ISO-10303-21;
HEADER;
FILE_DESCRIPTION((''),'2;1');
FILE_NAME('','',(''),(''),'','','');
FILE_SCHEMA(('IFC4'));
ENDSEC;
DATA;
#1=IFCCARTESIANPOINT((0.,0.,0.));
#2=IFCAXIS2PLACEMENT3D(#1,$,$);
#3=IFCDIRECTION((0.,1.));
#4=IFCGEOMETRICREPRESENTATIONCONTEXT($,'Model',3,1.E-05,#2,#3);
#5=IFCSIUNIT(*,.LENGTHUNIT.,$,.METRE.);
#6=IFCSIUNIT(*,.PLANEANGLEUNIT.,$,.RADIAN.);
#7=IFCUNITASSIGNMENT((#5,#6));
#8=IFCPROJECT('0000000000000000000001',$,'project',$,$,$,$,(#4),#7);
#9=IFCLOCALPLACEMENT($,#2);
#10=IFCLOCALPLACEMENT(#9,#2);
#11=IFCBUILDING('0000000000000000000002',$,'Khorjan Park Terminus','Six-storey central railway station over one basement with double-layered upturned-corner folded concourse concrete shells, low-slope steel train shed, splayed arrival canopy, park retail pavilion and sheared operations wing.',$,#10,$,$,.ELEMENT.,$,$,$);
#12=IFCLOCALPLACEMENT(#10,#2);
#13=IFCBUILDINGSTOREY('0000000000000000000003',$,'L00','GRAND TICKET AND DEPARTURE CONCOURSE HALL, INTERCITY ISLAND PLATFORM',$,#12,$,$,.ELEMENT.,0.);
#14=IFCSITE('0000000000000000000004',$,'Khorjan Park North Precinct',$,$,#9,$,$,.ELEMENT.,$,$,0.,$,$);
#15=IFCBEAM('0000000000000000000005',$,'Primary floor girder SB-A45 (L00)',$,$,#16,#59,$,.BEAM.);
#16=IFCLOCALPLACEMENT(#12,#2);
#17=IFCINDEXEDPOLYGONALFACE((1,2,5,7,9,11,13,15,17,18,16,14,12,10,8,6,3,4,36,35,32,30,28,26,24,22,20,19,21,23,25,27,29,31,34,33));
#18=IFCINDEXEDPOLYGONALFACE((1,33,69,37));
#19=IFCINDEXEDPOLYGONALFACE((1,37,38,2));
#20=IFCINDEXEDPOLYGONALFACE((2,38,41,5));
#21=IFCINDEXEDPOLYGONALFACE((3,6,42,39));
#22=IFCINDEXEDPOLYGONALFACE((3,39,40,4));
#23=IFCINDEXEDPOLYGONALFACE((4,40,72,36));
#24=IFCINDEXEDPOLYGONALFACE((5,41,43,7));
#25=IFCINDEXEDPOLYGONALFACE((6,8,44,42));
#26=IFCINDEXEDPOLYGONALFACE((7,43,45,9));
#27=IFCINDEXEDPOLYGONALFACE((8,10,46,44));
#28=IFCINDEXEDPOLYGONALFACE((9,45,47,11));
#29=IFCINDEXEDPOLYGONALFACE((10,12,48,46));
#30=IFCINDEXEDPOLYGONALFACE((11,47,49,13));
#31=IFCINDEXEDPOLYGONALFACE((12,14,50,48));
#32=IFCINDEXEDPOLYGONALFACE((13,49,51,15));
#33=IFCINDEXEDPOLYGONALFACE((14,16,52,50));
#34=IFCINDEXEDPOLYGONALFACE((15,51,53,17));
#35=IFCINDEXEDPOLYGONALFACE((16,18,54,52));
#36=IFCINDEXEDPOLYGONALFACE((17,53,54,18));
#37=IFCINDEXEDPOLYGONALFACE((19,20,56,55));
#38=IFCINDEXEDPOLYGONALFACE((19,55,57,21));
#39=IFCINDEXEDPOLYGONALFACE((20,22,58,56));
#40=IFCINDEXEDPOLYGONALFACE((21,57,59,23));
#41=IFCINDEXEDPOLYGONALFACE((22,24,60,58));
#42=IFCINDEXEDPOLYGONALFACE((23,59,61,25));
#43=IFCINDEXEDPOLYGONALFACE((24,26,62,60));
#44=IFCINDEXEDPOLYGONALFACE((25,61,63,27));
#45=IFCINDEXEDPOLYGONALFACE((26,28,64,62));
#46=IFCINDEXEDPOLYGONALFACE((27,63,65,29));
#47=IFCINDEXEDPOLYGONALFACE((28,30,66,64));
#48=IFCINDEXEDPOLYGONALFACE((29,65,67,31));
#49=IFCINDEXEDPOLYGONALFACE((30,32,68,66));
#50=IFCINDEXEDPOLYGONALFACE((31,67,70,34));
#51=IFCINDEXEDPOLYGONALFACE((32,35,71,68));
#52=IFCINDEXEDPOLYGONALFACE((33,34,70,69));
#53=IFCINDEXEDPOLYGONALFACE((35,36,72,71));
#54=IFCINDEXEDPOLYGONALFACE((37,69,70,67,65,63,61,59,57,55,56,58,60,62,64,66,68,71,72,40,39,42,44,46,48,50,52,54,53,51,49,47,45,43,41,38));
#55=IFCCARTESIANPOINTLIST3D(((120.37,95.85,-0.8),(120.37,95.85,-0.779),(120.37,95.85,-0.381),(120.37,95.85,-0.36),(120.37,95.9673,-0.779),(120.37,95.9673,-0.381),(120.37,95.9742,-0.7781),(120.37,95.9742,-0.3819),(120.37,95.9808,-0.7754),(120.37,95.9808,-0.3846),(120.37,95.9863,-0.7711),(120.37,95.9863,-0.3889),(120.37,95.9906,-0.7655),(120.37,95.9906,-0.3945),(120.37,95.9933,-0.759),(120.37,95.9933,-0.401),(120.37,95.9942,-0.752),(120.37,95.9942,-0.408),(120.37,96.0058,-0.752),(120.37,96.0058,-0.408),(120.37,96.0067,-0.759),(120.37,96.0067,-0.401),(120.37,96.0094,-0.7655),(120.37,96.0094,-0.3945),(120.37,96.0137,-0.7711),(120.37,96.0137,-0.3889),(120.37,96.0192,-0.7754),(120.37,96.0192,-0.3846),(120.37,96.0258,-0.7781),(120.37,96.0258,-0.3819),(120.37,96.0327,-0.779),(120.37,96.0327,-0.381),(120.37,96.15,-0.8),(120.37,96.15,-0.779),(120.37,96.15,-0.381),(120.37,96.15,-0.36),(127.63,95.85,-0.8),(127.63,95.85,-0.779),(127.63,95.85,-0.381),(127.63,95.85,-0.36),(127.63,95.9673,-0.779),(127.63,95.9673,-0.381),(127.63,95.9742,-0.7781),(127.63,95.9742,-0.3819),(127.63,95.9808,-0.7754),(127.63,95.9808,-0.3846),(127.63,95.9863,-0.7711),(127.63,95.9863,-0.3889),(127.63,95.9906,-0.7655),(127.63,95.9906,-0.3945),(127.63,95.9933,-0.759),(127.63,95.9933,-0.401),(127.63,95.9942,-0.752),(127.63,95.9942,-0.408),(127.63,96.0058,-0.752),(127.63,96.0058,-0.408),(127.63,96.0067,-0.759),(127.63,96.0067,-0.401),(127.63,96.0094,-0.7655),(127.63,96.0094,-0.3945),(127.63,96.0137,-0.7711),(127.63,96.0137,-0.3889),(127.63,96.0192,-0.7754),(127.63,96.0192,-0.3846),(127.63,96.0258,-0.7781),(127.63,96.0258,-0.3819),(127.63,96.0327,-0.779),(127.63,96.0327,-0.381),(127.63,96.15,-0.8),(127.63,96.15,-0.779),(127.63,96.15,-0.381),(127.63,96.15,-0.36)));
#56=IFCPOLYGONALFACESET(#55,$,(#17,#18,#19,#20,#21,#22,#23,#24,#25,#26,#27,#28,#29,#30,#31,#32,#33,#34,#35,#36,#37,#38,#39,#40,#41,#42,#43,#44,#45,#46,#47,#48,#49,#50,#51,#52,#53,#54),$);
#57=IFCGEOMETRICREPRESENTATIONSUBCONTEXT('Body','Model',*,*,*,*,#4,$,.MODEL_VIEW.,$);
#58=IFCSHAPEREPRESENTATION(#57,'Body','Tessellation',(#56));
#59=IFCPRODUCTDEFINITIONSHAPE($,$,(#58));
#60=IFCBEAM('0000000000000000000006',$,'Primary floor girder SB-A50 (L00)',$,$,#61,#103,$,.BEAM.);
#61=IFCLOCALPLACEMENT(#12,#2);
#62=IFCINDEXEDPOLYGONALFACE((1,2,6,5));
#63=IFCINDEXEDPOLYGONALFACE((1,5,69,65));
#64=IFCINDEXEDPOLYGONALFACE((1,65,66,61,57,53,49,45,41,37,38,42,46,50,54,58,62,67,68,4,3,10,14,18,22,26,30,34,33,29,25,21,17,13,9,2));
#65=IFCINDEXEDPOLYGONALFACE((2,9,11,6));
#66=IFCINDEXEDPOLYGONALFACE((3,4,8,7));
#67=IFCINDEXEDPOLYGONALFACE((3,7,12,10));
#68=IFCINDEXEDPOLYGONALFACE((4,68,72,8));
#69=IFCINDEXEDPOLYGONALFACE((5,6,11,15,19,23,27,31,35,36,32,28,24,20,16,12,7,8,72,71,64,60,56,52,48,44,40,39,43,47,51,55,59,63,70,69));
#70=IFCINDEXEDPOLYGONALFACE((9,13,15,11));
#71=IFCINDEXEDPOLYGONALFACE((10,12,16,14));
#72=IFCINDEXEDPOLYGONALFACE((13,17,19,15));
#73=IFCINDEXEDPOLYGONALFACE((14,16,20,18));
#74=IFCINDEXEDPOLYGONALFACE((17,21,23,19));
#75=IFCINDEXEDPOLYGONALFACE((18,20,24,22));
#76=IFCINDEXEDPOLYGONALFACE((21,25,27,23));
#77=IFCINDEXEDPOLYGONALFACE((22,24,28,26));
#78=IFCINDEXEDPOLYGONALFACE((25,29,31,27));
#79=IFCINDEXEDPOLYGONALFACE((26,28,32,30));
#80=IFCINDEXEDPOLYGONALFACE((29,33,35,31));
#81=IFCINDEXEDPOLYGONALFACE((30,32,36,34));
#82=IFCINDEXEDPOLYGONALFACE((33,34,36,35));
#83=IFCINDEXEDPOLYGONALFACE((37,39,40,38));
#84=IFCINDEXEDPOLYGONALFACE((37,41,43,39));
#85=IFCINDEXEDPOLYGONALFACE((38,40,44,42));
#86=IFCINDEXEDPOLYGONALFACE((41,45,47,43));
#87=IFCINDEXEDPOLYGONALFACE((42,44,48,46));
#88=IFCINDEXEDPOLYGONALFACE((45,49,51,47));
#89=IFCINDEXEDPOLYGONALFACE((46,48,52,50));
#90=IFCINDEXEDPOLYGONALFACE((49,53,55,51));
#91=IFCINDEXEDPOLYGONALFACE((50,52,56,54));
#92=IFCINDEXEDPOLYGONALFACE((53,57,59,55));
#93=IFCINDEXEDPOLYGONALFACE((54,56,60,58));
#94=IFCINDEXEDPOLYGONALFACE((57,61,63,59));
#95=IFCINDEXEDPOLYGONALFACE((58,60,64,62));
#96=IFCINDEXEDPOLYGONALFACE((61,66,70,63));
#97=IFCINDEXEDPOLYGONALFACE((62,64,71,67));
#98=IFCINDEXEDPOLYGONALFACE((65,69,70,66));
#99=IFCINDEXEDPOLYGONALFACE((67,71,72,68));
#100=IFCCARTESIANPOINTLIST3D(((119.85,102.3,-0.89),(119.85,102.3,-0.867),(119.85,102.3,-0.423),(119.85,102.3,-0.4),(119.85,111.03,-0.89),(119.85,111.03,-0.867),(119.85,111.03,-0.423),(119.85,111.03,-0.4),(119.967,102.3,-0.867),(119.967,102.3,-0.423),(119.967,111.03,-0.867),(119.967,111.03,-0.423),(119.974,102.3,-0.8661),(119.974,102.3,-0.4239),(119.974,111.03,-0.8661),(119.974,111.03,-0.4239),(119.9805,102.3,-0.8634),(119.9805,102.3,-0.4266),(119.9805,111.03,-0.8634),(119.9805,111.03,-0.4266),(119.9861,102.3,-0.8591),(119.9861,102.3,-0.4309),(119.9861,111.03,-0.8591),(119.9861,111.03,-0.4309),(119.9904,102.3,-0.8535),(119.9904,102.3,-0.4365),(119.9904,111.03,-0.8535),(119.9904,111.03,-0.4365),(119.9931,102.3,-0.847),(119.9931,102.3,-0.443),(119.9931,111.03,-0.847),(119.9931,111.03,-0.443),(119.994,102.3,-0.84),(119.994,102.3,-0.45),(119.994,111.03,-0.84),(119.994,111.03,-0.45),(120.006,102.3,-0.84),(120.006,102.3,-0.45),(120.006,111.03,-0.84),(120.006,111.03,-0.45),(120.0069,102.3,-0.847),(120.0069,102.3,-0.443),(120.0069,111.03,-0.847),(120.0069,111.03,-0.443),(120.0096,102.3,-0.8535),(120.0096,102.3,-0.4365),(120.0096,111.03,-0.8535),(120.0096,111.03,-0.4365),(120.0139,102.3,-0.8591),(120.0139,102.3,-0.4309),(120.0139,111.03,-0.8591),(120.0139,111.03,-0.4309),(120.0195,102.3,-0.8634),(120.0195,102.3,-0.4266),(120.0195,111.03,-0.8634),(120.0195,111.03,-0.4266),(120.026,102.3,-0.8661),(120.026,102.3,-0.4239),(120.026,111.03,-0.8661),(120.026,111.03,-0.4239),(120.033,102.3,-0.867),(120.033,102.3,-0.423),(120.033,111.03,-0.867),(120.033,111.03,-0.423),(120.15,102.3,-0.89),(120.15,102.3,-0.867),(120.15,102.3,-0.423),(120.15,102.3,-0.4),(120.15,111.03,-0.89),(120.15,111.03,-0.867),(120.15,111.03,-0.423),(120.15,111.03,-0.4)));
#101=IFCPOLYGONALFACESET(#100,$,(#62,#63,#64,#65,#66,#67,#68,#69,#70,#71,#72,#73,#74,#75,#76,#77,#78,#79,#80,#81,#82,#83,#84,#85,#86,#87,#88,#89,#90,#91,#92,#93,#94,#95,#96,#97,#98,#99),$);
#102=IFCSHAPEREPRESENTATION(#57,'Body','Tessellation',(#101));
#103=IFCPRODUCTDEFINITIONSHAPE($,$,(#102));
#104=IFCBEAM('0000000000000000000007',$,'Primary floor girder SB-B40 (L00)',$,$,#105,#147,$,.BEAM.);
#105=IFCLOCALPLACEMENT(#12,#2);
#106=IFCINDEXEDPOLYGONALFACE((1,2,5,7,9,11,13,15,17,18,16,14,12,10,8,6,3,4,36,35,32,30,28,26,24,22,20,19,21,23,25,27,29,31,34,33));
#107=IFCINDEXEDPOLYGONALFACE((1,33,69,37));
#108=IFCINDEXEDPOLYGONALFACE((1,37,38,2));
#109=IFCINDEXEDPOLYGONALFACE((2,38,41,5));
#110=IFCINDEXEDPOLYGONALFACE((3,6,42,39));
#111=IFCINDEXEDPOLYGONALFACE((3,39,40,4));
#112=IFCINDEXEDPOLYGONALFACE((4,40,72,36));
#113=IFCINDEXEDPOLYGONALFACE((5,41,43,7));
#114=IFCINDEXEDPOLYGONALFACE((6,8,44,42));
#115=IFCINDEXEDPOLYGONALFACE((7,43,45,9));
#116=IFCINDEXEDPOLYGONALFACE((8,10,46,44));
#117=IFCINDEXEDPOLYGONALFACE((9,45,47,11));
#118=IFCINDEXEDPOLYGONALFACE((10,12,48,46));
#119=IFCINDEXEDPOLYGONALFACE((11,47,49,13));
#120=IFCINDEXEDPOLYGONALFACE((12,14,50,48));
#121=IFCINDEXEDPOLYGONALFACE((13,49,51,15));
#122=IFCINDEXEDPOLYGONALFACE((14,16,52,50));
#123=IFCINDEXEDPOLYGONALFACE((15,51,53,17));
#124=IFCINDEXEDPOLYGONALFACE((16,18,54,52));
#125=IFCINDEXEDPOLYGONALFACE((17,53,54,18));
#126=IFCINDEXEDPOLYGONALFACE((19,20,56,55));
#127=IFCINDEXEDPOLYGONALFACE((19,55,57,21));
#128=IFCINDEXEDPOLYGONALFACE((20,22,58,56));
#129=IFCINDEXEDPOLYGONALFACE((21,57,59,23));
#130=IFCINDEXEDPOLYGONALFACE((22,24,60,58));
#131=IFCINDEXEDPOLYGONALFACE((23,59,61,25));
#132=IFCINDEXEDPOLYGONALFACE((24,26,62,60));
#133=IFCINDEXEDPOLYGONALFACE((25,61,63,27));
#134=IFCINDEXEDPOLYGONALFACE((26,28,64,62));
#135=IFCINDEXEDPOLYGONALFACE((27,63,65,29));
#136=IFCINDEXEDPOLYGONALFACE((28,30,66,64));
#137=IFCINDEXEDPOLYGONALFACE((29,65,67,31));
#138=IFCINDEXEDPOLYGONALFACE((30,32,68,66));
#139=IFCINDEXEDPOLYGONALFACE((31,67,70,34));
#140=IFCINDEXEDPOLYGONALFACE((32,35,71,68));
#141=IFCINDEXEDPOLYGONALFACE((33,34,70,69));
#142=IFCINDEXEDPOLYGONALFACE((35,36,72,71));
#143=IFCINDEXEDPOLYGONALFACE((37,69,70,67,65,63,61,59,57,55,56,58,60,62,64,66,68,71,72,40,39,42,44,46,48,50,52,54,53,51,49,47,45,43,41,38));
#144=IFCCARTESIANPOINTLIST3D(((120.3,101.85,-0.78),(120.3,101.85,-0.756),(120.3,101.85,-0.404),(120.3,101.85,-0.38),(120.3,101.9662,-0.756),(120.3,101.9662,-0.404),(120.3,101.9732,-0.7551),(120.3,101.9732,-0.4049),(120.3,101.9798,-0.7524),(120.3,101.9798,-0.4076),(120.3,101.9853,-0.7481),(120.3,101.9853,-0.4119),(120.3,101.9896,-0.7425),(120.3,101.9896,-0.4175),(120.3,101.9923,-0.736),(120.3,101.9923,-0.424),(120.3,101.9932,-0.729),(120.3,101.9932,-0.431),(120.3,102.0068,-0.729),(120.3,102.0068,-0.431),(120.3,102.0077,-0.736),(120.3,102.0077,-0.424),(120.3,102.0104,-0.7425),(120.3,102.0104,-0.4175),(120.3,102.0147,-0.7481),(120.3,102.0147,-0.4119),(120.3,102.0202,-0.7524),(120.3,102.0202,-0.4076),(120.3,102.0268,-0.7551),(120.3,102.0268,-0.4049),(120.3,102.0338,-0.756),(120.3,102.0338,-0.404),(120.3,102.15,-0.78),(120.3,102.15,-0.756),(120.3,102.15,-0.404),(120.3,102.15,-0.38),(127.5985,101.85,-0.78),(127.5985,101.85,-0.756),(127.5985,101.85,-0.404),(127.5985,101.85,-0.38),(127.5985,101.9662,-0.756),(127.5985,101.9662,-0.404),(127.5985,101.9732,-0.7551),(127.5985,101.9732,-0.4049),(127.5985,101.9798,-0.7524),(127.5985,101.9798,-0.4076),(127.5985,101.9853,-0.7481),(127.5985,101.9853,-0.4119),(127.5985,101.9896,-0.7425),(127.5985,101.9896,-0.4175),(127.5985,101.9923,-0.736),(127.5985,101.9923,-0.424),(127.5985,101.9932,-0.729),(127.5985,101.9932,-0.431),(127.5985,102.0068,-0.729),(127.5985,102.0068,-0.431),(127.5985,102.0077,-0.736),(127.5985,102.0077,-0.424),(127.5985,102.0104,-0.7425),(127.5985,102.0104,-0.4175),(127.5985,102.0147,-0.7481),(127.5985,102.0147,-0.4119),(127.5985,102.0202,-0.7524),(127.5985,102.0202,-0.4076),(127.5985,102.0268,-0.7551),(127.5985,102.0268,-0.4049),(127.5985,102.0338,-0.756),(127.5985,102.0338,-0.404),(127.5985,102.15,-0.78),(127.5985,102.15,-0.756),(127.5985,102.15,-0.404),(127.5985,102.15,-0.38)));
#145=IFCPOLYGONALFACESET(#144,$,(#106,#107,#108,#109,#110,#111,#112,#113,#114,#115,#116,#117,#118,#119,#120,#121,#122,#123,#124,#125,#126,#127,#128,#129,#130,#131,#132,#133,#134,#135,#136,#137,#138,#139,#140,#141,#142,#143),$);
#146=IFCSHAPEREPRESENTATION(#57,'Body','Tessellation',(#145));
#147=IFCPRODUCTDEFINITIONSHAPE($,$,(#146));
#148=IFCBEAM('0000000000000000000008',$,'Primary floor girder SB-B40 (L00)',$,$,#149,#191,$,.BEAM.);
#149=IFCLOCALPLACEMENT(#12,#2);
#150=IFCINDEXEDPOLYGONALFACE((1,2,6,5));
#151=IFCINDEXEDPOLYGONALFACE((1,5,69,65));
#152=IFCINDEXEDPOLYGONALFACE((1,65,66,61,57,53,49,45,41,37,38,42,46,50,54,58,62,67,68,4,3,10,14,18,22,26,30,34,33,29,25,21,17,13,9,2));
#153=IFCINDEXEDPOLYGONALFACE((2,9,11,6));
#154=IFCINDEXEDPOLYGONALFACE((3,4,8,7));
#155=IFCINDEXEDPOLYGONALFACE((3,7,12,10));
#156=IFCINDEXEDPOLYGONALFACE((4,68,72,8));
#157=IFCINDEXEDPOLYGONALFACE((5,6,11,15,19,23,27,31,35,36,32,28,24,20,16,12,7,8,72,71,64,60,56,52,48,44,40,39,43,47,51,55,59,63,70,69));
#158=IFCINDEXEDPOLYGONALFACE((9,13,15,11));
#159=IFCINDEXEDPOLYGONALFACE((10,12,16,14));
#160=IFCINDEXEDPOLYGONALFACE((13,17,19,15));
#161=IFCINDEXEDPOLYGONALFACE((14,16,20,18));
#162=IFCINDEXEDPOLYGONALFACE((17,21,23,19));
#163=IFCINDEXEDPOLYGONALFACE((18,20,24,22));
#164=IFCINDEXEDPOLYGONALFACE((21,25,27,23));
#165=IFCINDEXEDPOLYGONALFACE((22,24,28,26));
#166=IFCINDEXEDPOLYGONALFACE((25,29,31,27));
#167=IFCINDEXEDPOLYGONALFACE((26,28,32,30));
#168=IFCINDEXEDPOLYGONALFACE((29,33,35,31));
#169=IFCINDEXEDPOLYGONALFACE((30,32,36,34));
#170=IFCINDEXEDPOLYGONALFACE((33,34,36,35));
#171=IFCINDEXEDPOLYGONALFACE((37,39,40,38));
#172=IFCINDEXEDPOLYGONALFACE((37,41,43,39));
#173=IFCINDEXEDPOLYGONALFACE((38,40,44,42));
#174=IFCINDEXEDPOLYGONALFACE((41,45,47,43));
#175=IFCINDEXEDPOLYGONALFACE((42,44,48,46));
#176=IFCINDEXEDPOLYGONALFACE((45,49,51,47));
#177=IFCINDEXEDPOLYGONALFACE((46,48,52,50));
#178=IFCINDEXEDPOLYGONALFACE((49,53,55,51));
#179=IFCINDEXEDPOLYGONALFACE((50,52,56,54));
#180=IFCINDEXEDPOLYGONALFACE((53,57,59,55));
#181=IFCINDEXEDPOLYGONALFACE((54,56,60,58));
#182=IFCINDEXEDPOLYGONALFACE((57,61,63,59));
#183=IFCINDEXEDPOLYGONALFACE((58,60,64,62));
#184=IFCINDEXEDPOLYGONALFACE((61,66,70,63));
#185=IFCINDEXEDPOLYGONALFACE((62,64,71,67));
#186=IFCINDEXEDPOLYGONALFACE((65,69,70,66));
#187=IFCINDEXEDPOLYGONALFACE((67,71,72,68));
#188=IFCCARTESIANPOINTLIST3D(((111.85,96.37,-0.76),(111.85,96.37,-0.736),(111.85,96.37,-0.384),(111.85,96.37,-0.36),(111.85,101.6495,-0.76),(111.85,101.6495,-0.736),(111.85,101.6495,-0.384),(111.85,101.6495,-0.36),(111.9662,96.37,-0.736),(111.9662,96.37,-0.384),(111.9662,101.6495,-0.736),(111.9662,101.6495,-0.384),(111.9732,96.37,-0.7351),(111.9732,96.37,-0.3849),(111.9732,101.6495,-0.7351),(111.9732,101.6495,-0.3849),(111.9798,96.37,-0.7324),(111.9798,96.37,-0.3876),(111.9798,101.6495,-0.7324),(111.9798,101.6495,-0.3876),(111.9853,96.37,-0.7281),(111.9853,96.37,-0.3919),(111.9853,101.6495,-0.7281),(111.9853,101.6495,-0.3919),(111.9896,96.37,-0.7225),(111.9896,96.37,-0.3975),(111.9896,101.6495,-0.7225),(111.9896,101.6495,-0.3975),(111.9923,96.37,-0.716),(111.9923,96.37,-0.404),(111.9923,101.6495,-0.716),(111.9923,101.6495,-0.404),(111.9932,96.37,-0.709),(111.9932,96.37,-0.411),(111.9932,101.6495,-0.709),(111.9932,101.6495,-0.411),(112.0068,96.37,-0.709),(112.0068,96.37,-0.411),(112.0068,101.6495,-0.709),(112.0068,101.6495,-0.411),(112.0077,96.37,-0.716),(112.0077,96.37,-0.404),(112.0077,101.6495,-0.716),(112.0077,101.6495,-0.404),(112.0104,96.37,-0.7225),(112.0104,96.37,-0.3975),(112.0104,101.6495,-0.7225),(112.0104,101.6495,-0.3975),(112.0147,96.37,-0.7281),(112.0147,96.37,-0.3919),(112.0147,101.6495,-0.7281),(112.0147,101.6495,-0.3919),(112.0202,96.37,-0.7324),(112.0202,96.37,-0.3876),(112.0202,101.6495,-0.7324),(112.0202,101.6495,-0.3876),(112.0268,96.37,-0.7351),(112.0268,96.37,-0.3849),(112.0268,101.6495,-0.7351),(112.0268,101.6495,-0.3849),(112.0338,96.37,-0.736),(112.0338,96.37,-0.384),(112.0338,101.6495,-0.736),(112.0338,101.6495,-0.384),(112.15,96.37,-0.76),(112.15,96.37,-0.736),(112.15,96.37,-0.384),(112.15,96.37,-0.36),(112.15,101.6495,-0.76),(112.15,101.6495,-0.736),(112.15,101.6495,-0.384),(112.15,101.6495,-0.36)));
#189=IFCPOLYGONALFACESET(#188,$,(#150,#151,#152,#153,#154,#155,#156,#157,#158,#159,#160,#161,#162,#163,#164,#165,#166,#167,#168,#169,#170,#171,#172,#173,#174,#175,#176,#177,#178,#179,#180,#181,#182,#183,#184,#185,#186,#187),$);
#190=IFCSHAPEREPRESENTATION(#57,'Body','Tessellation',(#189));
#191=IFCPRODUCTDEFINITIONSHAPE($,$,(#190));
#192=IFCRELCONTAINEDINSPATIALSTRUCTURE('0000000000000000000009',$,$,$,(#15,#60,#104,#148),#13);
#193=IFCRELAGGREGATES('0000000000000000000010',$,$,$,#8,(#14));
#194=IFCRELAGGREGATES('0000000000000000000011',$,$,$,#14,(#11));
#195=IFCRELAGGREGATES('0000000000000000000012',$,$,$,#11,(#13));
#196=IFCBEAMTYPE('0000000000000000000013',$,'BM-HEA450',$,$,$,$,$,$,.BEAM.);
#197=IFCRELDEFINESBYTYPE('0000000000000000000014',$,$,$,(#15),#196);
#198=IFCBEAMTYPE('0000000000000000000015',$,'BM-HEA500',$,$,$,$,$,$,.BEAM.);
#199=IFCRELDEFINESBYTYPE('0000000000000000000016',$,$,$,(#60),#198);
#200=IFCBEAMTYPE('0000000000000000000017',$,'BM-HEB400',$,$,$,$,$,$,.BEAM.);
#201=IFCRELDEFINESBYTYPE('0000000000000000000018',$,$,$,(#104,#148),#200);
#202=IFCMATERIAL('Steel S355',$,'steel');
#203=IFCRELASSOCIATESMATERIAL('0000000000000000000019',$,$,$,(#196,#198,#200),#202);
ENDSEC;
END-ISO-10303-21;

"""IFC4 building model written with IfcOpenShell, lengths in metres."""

from ifc_helpers import new_model, si_unit, direction, frame, origin, origin_2d, place, context, subcontext, project, spatial, i_section, extrude, material, material_profile, profile_set, type_object, element, save


model = new_model("IFC4")

# Units and contexts
model_context = context("Model", 3, precision=1e-05, world=origin(), true_north=direction((0.0, 1.0)))
body_context = subcontext(model_context, "Body", "Model", "MODEL_VIEW")
ifc_project = project(units=[si_unit("LENGTHUNIT", "METRE"), si_unit("PLANEANGLEUNIT", "RADIAN")], contexts=[model_context])

# Site, building, storey
site_placement = place(None, origin())
site = spatial("IfcSite", under=ifc_project, at=site_placement, Name="Khorjan Park North Precinct", CompositionType="ELEMENT", RefElevation=0.0)
building_placement = place(site_placement, origin())
building = spatial("IfcBuilding", under=site, at=building_placement, Name="Khorjan Park Terminus", Description="Six-storey central railway station over one basement with double-layered upturned-corner folded concourse concrete shells, low-slope steel train shed, splayed arrival canopy, park retail pavilion and sheared operations wing.", CompositionType="ELEMENT")
storey_placement = place(building_placement, origin())
storey = spatial("IfcBuildingStorey", under=building, at=storey_placement, Name="L00", Description="GRAND TICKET AND DEPARTURE CONCOURSE HALL, INTERCITY ISLAND PLATFORM", CompositionType="ELEMENT", Elevation=0.0)

# Shared definitions
ifc_material_1 = material(Name="Steel S355", Category="steel")

# Beams
ifc_material_profile_1 = material_profile(ifc_material_1, i_section(OverallWidth=0.3, OverallDepth=0.44, WebThickness=0.0115, FlangeThickness=0.021, FilletRadius=0.027, at=origin_2d()), Name="HEA 450")
ifc_profile_set_1 = profile_set([ifc_material_profile_1], Name="Steel S355")
beam_type_1 = type_object("IfcBeamType", Name="BM-HEA450", PredefinedType="BEAM", material=ifc_profile_set_1)
beam_1_placement = place(storey_placement, frame((120.37, 96.0, -0.58), z_axis=(1.0, 0.0, 0.0), x_axis=(0.0, 1.0, 0.0)))
element("IfcBeam", 1, at=beam_1_placement, inside=storey, type_object=beam_type_1, Name="Primary floor girder SB-A45 (L00)", PredefinedType="BEAM", context=body_context, shape_type="SweptSolid", body=[
    extrude(i_section(OverallWidth=0.3, OverallDepth=0.44, WebThickness=0.0115, FlangeThickness=0.021, FilletRadius=0.027, at=origin_2d()), origin(), (0.0, 0.0, 1.0), 7.26),
])
ifc_material_profile_2 = material_profile(ifc_material_1, i_section(OverallWidth=0.3, OverallDepth=0.49, WebThickness=0.012, FlangeThickness=0.023, FilletRadius=0.027, at=origin_2d()), Name="HEA 500")
ifc_profile_set_2 = profile_set([ifc_material_profile_2], Name="Steel S355")
beam_type_2 = type_object("IfcBeamType", Name="BM-HEA500", PredefinedType="BEAM", material=ifc_profile_set_2)
beam_2_placement = place(storey_placement, frame((120.0, 102.3, -0.645), z_axis=(0.0, 1.0, 0.0), x_axis=(-1.0, 0.0, 0.0)))
element("IfcBeam", 2, at=beam_2_placement, inside=storey, type_object=beam_type_2, Name="Primary floor girder SB-A50 (L00)", PredefinedType="BEAM", context=body_context, shape_type="SweptSolid", body=[
    extrude(i_section(OverallWidth=0.3, OverallDepth=0.49, WebThickness=0.012, FlangeThickness=0.023, FilletRadius=0.027, at=origin_2d()), origin(), (0.0, 0.0, 1.0), 8.73),
])
ifc_material_profile_3 = material_profile(ifc_material_1, i_section(OverallWidth=0.3, OverallDepth=0.4, WebThickness=0.0135, FlangeThickness=0.024, FilletRadius=0.027, at=origin_2d()), Name="HEB 400")
ifc_profile_set_3 = profile_set([ifc_material_profile_3], Name="Steel S355")
beam_type_3 = type_object("IfcBeamType", Name="BM-HEB400", PredefinedType="BEAM", material=ifc_profile_set_3)
beam_3_placement = place(storey_placement, frame((120.3, 102.0, -0.58), z_axis=(1.0, 0.0, 0.0), x_axis=(0.0, 1.0, 0.0)))
element("IfcBeam", 3, at=beam_3_placement, inside=storey, type_object=beam_type_3, Name="Primary floor girder SB-B40 (L00)", PredefinedType="BEAM", context=body_context, shape_type="SweptSolid", body=[
    extrude(i_section(OverallWidth=0.3, OverallDepth=0.4, WebThickness=0.0135, FlangeThickness=0.024, FilletRadius=0.027, at=origin_2d()), origin(), (0.0, 0.0, 1.0), 7.2985),
])
beam_4_placement = place(storey_placement, frame((112.0, 96.37, -0.56), z_axis=(0.0, 1.0, 0.0), x_axis=(-1.0, 0.0, 0.0)))
element("IfcBeam", 4, at=beam_4_placement, inside=storey, type_object=beam_type_3, Name="Primary floor girder SB-B40 (L00)", PredefinedType="BEAM", context=body_context, shape_type="SweptSolid", body=[
    extrude(i_section(OverallWidth=0.3, OverallDepth=0.4, WebThickness=0.0135, FlangeThickness=0.024, FilletRadius=0.027, at=origin_2d()), origin(), (0.0, 0.0, 1.0), 5.2795),
])

save(model, "model.ifc")
